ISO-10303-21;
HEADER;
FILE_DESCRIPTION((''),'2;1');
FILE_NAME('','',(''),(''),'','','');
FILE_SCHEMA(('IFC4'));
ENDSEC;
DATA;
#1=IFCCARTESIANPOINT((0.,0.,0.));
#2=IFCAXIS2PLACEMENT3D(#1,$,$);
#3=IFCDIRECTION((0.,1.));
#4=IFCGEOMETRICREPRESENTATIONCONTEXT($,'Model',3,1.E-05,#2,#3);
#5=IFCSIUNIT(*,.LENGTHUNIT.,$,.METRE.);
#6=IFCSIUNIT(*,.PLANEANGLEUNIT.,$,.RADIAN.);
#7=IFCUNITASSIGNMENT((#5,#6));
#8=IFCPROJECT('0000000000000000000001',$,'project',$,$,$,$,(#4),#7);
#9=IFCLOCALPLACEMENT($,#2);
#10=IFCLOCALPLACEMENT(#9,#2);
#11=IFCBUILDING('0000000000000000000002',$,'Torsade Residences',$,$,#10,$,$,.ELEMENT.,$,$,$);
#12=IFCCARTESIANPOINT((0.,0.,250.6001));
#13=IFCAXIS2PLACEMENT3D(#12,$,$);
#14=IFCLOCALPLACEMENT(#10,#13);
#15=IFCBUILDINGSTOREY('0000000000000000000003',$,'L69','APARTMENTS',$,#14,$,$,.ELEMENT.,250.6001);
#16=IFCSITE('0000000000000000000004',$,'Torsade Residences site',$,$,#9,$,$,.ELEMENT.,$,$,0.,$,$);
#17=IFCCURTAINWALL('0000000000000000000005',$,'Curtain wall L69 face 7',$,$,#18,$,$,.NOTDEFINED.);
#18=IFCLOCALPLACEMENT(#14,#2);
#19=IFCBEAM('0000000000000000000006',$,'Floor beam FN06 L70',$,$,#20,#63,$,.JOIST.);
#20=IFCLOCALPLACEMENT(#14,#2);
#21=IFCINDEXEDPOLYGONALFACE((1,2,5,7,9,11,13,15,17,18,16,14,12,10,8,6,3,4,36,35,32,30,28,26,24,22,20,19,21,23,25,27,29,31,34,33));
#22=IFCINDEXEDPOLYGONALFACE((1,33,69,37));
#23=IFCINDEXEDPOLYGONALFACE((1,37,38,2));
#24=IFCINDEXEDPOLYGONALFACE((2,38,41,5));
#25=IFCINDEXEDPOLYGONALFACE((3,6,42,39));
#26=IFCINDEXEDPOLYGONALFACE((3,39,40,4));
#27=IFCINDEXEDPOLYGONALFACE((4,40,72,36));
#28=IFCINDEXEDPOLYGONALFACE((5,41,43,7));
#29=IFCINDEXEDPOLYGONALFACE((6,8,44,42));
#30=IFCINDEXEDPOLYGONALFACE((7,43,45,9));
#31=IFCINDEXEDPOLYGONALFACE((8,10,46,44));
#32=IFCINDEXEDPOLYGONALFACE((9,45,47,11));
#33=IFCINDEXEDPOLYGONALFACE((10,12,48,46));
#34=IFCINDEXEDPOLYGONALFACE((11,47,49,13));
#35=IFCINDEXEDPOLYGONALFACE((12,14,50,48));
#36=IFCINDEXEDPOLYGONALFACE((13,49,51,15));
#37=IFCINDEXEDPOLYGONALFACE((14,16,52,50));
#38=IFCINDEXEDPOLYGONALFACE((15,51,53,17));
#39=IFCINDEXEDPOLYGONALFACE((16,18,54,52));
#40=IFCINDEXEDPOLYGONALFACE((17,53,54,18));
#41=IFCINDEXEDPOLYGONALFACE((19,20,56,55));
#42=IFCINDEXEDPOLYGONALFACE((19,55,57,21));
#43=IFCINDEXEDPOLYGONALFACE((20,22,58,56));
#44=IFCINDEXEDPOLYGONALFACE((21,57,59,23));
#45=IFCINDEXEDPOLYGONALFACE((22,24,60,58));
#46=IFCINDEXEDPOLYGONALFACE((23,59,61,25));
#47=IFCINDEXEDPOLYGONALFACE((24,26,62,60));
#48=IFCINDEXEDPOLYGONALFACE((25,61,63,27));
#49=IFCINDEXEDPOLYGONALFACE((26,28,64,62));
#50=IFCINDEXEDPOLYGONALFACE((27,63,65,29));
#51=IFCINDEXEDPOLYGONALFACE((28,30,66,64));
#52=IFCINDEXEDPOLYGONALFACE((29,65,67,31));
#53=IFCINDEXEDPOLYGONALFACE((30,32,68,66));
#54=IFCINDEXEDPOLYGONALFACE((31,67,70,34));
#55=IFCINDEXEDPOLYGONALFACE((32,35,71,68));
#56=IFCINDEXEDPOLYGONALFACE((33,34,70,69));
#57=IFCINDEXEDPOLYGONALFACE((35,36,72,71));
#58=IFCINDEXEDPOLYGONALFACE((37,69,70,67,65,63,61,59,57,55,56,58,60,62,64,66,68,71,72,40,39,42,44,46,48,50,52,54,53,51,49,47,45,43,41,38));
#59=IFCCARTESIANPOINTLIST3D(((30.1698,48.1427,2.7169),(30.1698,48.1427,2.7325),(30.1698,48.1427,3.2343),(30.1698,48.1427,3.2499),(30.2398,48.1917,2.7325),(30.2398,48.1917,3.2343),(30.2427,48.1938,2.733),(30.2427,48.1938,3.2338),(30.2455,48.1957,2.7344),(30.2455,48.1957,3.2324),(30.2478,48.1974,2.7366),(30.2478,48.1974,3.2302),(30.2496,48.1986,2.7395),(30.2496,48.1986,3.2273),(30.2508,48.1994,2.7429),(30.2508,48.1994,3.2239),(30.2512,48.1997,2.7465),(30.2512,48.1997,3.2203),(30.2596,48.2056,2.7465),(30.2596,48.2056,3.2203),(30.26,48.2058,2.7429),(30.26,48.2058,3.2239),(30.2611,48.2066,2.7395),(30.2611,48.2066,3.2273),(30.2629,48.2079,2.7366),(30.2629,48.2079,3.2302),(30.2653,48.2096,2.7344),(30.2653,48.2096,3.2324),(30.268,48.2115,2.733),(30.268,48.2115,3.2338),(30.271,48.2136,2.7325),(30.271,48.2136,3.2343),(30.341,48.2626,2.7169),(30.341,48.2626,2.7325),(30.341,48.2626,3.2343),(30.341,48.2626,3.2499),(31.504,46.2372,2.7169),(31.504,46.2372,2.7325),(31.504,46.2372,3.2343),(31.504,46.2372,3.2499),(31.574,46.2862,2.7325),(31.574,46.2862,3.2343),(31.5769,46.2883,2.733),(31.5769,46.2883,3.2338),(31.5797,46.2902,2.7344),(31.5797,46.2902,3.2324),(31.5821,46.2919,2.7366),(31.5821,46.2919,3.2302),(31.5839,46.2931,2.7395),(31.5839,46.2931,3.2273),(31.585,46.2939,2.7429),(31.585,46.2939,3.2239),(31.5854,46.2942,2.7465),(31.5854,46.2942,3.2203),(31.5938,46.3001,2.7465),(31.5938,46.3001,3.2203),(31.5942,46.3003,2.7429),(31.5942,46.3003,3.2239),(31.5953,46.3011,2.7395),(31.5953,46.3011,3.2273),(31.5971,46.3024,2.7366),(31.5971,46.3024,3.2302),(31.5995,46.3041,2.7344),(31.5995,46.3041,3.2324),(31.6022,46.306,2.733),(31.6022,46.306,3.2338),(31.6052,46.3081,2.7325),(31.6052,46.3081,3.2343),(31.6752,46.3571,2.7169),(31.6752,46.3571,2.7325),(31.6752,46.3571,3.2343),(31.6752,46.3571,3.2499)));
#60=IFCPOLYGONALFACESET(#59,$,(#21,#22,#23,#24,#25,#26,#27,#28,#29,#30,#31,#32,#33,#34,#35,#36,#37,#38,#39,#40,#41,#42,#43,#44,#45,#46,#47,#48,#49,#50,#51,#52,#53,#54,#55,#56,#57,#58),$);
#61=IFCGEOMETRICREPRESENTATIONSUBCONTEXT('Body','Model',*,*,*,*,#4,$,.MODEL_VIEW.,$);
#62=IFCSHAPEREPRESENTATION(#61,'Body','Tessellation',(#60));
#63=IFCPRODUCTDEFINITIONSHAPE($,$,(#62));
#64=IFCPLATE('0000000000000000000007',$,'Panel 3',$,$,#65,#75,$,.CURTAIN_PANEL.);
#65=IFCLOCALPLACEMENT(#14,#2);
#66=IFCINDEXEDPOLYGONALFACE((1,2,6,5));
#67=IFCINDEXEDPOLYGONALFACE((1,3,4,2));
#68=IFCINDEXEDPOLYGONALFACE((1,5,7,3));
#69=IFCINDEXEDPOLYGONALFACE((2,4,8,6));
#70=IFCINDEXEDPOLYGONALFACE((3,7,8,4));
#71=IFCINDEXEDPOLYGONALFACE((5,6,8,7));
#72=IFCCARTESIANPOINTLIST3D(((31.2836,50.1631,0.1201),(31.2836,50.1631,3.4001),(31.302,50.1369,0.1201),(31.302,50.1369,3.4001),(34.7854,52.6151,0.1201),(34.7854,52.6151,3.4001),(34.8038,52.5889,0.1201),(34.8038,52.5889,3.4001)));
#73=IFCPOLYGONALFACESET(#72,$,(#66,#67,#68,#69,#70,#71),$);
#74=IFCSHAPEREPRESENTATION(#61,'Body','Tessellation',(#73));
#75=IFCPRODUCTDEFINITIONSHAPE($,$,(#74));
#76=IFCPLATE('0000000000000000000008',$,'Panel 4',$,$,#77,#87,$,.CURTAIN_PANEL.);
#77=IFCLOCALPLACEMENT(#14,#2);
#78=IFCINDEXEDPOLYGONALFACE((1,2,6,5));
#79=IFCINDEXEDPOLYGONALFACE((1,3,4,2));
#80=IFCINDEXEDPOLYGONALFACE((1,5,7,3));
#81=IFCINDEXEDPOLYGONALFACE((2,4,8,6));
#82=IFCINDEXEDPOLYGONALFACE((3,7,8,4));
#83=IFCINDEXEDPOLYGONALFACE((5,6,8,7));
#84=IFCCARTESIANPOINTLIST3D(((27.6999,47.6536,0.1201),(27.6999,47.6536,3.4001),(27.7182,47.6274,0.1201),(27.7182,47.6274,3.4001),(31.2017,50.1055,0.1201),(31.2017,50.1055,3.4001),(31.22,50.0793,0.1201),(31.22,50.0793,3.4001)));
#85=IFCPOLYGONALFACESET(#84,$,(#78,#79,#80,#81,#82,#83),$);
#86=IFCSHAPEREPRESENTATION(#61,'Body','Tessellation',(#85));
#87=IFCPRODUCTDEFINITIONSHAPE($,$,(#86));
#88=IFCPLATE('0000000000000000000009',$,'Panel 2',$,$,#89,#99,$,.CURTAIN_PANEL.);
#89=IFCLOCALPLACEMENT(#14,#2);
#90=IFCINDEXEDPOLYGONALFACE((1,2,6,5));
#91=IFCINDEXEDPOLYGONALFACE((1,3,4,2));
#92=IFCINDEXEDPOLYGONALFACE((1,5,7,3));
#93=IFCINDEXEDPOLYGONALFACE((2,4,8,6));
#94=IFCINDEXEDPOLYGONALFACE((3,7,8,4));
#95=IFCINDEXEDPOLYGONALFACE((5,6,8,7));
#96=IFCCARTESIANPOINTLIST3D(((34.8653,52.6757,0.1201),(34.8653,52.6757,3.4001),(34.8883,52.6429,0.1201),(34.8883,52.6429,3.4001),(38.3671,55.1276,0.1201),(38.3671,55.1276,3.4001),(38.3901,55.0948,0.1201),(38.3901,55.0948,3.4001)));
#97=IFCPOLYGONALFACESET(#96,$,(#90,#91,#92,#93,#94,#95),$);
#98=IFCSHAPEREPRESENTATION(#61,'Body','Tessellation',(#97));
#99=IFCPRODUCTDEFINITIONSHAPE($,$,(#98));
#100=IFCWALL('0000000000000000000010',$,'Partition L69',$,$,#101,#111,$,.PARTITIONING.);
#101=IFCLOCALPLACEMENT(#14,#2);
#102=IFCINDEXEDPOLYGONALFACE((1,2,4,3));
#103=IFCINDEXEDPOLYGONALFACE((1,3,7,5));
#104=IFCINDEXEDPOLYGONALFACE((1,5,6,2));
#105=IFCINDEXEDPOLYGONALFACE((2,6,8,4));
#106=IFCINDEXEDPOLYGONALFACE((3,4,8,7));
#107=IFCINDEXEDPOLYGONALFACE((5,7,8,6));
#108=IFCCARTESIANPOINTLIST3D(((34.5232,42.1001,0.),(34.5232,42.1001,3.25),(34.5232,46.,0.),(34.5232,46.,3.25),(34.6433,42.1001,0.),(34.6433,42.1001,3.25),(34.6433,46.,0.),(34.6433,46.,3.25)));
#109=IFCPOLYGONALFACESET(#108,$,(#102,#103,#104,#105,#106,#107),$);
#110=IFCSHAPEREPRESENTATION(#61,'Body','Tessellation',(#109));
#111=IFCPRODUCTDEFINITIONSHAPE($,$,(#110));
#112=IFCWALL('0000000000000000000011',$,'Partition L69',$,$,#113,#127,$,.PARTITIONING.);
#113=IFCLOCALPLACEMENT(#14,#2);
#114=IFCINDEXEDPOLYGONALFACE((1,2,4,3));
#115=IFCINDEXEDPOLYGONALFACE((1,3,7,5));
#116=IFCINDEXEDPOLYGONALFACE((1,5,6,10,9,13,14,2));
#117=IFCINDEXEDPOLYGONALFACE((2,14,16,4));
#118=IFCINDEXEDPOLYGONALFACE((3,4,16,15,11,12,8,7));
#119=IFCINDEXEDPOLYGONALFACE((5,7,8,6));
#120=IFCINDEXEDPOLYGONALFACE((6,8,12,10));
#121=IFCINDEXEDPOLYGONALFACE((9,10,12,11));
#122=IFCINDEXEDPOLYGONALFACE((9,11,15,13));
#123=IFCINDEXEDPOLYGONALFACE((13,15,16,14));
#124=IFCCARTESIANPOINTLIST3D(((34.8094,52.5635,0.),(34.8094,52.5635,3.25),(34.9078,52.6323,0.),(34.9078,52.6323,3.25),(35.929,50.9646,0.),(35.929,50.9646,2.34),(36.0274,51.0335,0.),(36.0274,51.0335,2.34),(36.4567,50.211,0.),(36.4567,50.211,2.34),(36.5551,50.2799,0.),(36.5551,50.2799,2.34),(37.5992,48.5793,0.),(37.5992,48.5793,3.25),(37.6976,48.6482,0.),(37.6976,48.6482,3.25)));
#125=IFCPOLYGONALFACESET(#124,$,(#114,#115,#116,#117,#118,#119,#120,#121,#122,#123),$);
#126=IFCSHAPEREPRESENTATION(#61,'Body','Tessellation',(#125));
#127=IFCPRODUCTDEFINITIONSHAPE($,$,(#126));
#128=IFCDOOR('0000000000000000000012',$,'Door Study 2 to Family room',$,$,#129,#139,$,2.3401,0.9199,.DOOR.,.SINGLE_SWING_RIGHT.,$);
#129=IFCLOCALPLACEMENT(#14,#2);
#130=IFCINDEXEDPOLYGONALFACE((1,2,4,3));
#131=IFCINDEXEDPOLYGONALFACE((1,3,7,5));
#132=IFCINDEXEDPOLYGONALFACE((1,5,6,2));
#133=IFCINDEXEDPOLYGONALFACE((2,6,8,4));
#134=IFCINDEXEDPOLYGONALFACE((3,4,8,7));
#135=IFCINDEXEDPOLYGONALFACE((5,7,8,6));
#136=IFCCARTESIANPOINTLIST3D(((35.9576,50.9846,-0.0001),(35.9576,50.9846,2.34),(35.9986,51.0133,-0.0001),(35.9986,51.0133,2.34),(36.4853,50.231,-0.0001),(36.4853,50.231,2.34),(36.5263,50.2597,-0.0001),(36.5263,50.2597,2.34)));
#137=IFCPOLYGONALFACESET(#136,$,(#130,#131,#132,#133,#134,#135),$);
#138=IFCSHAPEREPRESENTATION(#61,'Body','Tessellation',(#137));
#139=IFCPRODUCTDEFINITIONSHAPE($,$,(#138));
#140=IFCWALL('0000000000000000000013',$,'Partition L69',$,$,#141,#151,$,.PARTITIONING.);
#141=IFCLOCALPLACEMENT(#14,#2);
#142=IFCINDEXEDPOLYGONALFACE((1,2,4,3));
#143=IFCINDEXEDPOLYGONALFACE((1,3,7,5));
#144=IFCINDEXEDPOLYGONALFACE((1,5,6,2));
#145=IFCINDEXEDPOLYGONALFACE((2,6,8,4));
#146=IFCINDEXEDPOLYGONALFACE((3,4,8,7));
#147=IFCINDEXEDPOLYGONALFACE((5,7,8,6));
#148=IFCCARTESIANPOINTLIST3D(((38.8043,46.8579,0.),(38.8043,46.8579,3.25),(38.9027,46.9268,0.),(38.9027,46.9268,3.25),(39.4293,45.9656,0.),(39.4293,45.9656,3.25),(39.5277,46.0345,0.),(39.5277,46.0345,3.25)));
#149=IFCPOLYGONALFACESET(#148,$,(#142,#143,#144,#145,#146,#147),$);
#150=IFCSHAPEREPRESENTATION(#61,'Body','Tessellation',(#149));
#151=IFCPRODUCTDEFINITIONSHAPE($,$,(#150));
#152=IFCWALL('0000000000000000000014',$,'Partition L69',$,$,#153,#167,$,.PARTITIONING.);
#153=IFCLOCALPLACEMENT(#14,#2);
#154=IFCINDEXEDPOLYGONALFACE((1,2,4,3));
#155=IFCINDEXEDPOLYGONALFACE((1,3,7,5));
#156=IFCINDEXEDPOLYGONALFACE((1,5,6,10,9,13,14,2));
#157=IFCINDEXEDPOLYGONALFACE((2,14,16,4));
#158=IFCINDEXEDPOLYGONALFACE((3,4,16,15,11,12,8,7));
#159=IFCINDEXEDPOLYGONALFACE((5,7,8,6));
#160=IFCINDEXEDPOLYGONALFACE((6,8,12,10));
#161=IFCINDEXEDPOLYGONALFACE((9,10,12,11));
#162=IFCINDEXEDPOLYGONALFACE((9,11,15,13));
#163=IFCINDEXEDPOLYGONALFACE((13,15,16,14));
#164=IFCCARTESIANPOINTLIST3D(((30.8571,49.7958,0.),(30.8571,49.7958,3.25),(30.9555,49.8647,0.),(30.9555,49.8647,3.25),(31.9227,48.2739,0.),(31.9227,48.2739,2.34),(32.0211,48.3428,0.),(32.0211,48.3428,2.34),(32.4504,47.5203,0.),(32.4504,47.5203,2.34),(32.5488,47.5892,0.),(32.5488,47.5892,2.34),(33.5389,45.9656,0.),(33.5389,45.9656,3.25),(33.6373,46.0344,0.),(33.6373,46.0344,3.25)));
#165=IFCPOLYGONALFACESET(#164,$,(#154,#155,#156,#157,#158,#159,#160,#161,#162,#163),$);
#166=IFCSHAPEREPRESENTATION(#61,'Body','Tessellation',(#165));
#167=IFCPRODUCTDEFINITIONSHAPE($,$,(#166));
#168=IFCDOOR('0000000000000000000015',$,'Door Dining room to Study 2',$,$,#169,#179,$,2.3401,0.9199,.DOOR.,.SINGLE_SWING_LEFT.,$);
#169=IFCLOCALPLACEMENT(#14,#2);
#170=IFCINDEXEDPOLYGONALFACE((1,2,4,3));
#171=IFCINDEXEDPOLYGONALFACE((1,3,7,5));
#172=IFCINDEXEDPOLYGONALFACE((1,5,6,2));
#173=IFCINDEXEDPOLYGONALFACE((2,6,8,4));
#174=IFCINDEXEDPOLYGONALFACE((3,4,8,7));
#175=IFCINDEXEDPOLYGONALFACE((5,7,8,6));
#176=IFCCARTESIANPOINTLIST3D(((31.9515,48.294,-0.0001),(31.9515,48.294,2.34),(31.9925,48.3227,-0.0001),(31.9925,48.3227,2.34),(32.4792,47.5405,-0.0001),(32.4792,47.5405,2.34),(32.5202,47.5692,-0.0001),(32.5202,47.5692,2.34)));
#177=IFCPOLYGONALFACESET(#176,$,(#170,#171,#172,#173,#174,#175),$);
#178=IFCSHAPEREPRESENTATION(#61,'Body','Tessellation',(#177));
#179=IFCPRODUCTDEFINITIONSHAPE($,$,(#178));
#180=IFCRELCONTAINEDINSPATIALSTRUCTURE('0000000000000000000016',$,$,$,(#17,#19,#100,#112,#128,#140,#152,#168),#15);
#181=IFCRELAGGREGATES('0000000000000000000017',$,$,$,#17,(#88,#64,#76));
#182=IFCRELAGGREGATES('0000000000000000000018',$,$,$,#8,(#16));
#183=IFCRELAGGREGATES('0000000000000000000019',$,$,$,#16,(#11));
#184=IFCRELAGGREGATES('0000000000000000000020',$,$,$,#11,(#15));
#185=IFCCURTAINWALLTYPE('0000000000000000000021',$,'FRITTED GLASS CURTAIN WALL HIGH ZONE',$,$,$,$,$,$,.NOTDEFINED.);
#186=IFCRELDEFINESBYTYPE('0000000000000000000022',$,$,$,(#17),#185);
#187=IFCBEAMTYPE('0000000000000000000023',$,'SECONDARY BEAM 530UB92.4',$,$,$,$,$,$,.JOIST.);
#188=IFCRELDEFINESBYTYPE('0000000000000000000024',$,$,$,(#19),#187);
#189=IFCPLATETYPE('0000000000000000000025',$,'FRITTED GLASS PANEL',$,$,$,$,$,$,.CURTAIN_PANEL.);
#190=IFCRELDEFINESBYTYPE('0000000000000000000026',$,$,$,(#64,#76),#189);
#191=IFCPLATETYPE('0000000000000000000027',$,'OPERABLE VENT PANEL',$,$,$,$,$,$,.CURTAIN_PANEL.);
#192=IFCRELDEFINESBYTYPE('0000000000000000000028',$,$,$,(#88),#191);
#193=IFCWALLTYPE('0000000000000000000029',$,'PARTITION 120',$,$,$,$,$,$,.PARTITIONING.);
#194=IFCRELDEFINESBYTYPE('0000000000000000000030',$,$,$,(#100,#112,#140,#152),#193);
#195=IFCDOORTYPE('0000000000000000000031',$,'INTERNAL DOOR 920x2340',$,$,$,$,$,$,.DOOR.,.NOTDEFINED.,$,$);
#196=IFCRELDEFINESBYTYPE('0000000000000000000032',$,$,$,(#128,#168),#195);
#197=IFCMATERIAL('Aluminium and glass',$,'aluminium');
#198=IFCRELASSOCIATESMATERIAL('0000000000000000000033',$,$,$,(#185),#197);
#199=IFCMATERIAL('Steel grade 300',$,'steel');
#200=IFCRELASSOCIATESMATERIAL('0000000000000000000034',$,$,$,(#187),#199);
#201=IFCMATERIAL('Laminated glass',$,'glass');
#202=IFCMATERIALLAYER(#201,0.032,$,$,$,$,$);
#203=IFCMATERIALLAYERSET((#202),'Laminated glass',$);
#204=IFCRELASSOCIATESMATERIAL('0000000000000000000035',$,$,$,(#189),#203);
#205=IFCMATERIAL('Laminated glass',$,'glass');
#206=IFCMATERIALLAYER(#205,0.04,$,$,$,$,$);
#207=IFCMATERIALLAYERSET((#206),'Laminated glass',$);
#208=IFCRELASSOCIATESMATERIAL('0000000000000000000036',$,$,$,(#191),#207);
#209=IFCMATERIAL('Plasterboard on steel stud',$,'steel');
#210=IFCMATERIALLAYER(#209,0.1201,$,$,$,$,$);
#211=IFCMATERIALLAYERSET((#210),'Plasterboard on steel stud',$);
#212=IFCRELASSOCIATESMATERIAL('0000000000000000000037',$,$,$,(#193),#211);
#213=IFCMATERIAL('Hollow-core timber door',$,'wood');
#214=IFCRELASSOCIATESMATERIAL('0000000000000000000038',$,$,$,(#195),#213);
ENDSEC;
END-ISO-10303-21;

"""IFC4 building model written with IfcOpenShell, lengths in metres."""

from ifc_helpers import new_model, si_unit, direction, frame, frame_2d, origin, origin_2d, place, context, subcontext, project, spatial, rectangle, i_section, extrude, material, layer, layer_set, material_profile, profile_set, type_object, element, fill, aggregate, save


model = new_model("IFC4")

# Units and contexts
model_context = context("Model", 3, precision=1e-05, world=origin(), true_north=direction((0.0, 1.0)))
body_context = subcontext(model_context, "Body", "Model", "MODEL_VIEW")
ifc_project = project(units=[si_unit("LENGTHUNIT", "METRE"), si_unit("PLANEANGLEUNIT", "RADIAN")], contexts=[model_context])

# Site, building, storey
site_placement = place(None, origin())
site = spatial("IfcSite", under=ifc_project, at=site_placement, Name="Torsade Residences site", CompositionType="ELEMENT", RefElevation=0.0)
building_placement = place(site_placement, origin())
building = spatial("IfcBuilding", under=site, at=building_placement, Name="Torsade Residences", CompositionType="ELEMENT")
storey_placement = place(building_placement, frame((0.0, 0.0, 250.6001)))
storey = spatial("IfcBuildingStorey", under=building, at=storey_placement, Name="L69", Description="APARTMENTS", CompositionType="ELEMENT", Elevation=250.6001)

# Curtain wall
ifc_material_1 = material(Name="Aluminium and glass", Category="aluminium")
curtain_wall_type = type_object("IfcCurtainWallType", Name="FRITTED GLASS CURTAIN WALL HIGH ZONE", PredefinedType="NOTDEFINED", material=ifc_material_1)
curtain_wall_placement = place(storey_placement, origin())
curtain_wall = element("IfcCurtainWall", 1, at=curtain_wall_placement, inside=storey, type_object=curtain_wall_type, Name="Curtain wall L69 face 7", PredefinedType="NOTDEFINED")

# Beam
ifc_material_2 = material(Name="Steel grade 300", Category="steel")
ifc_material_profile_1 = material_profile(ifc_material_2, i_section(OverallWidth=0.209, OverallDepth=0.533, WebThickness=0.0103, FlangeThickness=0.0156, FilletRadius=0.0139, at=origin_2d()), Name="530UB92.4")
ifc_profile_set_1 = profile_set([ifc_material_profile_1], Name="Steel grade 300")
beam_type_1 = type_object("IfcBeamType", Name="SECONDARY BEAM 530UB92.4", PredefinedType="JOIST", material=ifc_profile_set_1)
beam_1_placement = place(storey_placement, frame((30.2554, 48.2026, 2.9834), z_axis=(0.573568, -0.819158, 0.0), x_axis=(0.819158, 0.573568, 0.0)))
element("IfcBeam", 2, at=beam_1_placement, inside=storey, type_object=beam_type_1, Name="Floor beam FN06 L70", PredefinedType="JOIST", context=body_context, shape_type="SweptSolid", body=[
    extrude(i_section(OverallWidth=0.209, OverallDepth=0.533, WebThickness=0.0103, FlangeThickness=0.0156, FilletRadius=0.0139, at=origin_2d()), origin(), (0.0, 0.0, 1.0), 2.3262),
])

# Plates
ifc_material_3 = material(Name="Laminated glass", Category="glass")
ifc_layer_1 = layer(ifc_material_3, 0.032)
ifc_layer_set_1 = layer_set([ifc_layer_1], Name="Laminated glass")
plate_type_1 = type_object("IfcPlateType", Name="FRITTED GLASS PANEL", PredefinedType="CURTAIN_PANEL", material=ifc_layer_set_1)
plate_1_placement = place(storey_placement, frame((33.0437, 51.376, 0.1201), z_axis=(0.0, 0.0, 1.0), x_axis=(-0.819152, -0.573576, 0.0)))
plate_1 = element("IfcPlate", 3, at=plate_1_placement, type_object=plate_type_1, Name="Panel 3", PredefinedType="CURTAIN_PANEL", context=body_context, shape_type="SweptSolid", body=[
    extrude(rectangle(XDim=4.2749, YDim=0.032, at=origin_2d()), origin(), (0.0, 0.0, 1.0), 3.28),
])
plate_2_placement = place(storey_placement, frame((29.46, 48.8665, 0.1201), z_axis=(0.0, 0.0, 1.0), x_axis=(-0.819152, -0.573576, 0.0)))
plate_2 = element("IfcPlate", 4, at=plate_2_placement, type_object=plate_type_1, Name="Panel 4", PredefinedType="CURTAIN_PANEL", context=body_context, shape_type="SweptSolid", body=[
    extrude(rectangle(XDim=4.2749, YDim=0.032, at=origin_2d()), origin(), (0.0, 0.0, 1.0), 3.28),
])
ifc_material_4 = material(Name="Laminated glass", Category="glass")
ifc_layer_2 = layer(ifc_material_4, 0.04)
ifc_layer_set_2 = layer_set([ifc_layer_2], Name="Laminated glass")
plate_type_2 = type_object("IfcPlateType", Name="OPERABLE VENT PANEL", PredefinedType="CURTAIN_PANEL", material=ifc_layer_set_2)
plate_3_placement = place(storey_placement, frame((36.6277, 53.8853, 0.1201), z_axis=(0.0, 0.0, 1.0), x_axis=(-0.819152, -0.573576, 0.0)))
plate_3 = element("IfcPlate", 5, at=plate_3_placement, type_object=plate_type_2, Name="Panel 2", PredefinedType="CURTAIN_PANEL", context=body_context, shape_type="SweptSolid", body=[
    extrude(rectangle(XDim=4.2749, YDim=0.04, at=origin_2d()), origin(), (0.0, 0.0, 1.0), 3.28),
])
aggregate(curtain_wall, [plate_3, plate_1, plate_2])

# Wall
ifc_material_5 = material(Name="Plasterboard on steel stud", Category="steel")
ifc_layer_3 = layer(ifc_material_5, 0.1201)
ifc_layer_set_3 = layer_set([ifc_layer_3], Name="Plasterboard on steel stud")
wall_type_1 = type_object("IfcWallType", Name="PARTITION 120", PredefinedType="PARTITIONING", material=ifc_layer_set_3)
wall_1_placement = place(storey_placement, frame((34.5833, 46.0, 0.0), z_axis=(0.0, 0.0, 1.0), x_axis=(0.0, -1.0, 0.0)))
element("IfcWall", 6, at=wall_1_placement, inside=storey, type_object=wall_type_1, Name="Partition L69", PredefinedType="PARTITIONING", context=body_context, shape_type="SweptSolid", body=[
    extrude(rectangle(XDim=3.8999, YDim=0.1201, at=frame_2d((1.95, 0.0))), origin(), (0.0, 0.0, 1.0), 3.25),
])

# Wall, opening, door
wall_2_placement = place(storey_placement, frame((34.8586, 52.5979, 0.0), z_axis=(0.0, 0.0, 1.0), x_axis=(0.573587, -0.819145, 0.0)))
wall_2 = element("IfcWall", 7, at=wall_2_placement, inside=storey, type_object=wall_type_1, Name="Partition L69", PredefinedType="PARTITIONING", context=body_context, shape_type="SweptSolid", body=[
    extrude(rectangle(XDim=4.8638, YDim=0.1201, at=frame_2d((2.4319, 0.0))), origin(), (0.0, 0.0, 1.0), 3.25),
])
opening_1_placement = place(wall_2_placement, frame((1.9519, 0.0, 0.0)))
opening_1 = element("IfcOpeningElement", 8, at=opening_1_placement, cuts=wall_2, PredefinedType="OPENING", context=body_context, shape_type="SweptSolid", body=[
    extrude(rectangle(XDim=0.9199, YDim=2.3401, at=frame_2d((0.46, 1.1699))), frame((0.0, 0.0701, 0.0), z_axis=(0.0, -1.0, 0.0), x_axis=(1.0, 0.0, 0.0)), (0.0, 0.0, 1.0), 0.1401),
])
ifc_material_6 = material(Name="Hollow-core timber door", Category="wood")
door_type = type_object("IfcDoorType", Name="INTERNAL DOOR 920x2340", OperationType="NOTDEFINED", PredefinedType="DOOR", material=ifc_material_6)
door_1_placement = place(opening_1_placement, origin())
door_1 = element("IfcDoor", 9, at=door_1_placement, inside=storey, type_object=door_type, Name="Door Study 2 to Family room", OperationType="SINGLE_SWING_RIGHT", OverallHeight=2.3401, OverallWidth=0.9199, PredefinedType="DOOR", context=body_context, shape_type="SweptSolid", body=[
    extrude(rectangle(XDim=0.9199, YDim=2.3401, at=frame_2d((0.46, 1.1699))), frame((0.0, 0.0249, 0.0), z_axis=(0.0, -1.0, 0.0), x_axis=(1.0, 0.0, 0.0)), (0.0, 0.0, 1.0), 0.05),
])
fill(opening_1, door_1)

# Wall
wall_3_placement = place(storey_placement, frame((38.8535, 46.8923, 0.0), z_axis=(0.0, 0.0, 1.0), x_axis=(0.573688, -0.819074, 0.0)))
element("IfcWall", 10, at=wall_3_placement, inside=storey, type_object=wall_type_1, Name="Partition L69", PredefinedType="PARTITIONING", context=body_context, shape_type="SweptSolid", body=[
    extrude(rectangle(XDim=1.0894, YDim=0.1201, at=frame_2d((0.5447, 0.0))), origin(), (0.0, 0.0, 1.0), 3.25),
])

# Wall, opening, door
wall_4_placement = place(storey_placement, frame((33.5881, 46.0, 0.0), z_axis=(0.0, 0.0, 1.0), x_axis=(-0.573557, 0.819166, 0.0)))
wall_4 = element("IfcWall", 11, at=wall_4_placement, inside=storey, type_object=wall_type_1, Name="Partition L69", PredefinedType="PARTITIONING", context=body_context, shape_type="SweptSolid", body=[
    extrude(rectangle(XDim=4.6758, YDim=0.1201, at=frame_2d((2.3379, 0.0))), origin(), (0.0, 0.0, 1.0), 3.25),
])
opening_2_placement = place(wall_4_placement, frame((1.8979, 0.0, 0.0)))
opening_2 = element("IfcOpeningElement", 12, at=opening_2_placement, cuts=wall_4, PredefinedType="OPENING", context=body_context, shape_type="SweptSolid", body=[
    extrude(rectangle(XDim=0.9199, YDim=2.3401, at=frame_2d((0.46, 1.1699))), frame((0.0, 0.0701, 0.0), z_axis=(0.0, -1.0, 0.0), x_axis=(1.0, 0.0, 0.0)), (0.0, 0.0, 1.0), 0.1401),
])
door_2_placement = place(opening_2_placement, origin())
door_2 = element("IfcDoor", 13, at=door_2_placement, inside=storey, type_object=door_type, Name="Door Dining room to Study 2", OperationType="SINGLE_SWING_LEFT", OverallHeight=2.3401, OverallWidth=0.9199, PredefinedType="DOOR", context=body_context, shape_type="SweptSolid", body=[
    extrude(rectangle(XDim=0.9199, YDim=2.3401, at=frame_2d((0.46, 1.1699))), frame((0.0, 0.0249, 0.0), z_axis=(0.0, -1.0, 0.0), x_axis=(1.0, 0.0, 0.0)), (0.0, 0.0, 1.0), 0.05),
])
fill(opening_2, door_2)

save(model, "model.ifc")
